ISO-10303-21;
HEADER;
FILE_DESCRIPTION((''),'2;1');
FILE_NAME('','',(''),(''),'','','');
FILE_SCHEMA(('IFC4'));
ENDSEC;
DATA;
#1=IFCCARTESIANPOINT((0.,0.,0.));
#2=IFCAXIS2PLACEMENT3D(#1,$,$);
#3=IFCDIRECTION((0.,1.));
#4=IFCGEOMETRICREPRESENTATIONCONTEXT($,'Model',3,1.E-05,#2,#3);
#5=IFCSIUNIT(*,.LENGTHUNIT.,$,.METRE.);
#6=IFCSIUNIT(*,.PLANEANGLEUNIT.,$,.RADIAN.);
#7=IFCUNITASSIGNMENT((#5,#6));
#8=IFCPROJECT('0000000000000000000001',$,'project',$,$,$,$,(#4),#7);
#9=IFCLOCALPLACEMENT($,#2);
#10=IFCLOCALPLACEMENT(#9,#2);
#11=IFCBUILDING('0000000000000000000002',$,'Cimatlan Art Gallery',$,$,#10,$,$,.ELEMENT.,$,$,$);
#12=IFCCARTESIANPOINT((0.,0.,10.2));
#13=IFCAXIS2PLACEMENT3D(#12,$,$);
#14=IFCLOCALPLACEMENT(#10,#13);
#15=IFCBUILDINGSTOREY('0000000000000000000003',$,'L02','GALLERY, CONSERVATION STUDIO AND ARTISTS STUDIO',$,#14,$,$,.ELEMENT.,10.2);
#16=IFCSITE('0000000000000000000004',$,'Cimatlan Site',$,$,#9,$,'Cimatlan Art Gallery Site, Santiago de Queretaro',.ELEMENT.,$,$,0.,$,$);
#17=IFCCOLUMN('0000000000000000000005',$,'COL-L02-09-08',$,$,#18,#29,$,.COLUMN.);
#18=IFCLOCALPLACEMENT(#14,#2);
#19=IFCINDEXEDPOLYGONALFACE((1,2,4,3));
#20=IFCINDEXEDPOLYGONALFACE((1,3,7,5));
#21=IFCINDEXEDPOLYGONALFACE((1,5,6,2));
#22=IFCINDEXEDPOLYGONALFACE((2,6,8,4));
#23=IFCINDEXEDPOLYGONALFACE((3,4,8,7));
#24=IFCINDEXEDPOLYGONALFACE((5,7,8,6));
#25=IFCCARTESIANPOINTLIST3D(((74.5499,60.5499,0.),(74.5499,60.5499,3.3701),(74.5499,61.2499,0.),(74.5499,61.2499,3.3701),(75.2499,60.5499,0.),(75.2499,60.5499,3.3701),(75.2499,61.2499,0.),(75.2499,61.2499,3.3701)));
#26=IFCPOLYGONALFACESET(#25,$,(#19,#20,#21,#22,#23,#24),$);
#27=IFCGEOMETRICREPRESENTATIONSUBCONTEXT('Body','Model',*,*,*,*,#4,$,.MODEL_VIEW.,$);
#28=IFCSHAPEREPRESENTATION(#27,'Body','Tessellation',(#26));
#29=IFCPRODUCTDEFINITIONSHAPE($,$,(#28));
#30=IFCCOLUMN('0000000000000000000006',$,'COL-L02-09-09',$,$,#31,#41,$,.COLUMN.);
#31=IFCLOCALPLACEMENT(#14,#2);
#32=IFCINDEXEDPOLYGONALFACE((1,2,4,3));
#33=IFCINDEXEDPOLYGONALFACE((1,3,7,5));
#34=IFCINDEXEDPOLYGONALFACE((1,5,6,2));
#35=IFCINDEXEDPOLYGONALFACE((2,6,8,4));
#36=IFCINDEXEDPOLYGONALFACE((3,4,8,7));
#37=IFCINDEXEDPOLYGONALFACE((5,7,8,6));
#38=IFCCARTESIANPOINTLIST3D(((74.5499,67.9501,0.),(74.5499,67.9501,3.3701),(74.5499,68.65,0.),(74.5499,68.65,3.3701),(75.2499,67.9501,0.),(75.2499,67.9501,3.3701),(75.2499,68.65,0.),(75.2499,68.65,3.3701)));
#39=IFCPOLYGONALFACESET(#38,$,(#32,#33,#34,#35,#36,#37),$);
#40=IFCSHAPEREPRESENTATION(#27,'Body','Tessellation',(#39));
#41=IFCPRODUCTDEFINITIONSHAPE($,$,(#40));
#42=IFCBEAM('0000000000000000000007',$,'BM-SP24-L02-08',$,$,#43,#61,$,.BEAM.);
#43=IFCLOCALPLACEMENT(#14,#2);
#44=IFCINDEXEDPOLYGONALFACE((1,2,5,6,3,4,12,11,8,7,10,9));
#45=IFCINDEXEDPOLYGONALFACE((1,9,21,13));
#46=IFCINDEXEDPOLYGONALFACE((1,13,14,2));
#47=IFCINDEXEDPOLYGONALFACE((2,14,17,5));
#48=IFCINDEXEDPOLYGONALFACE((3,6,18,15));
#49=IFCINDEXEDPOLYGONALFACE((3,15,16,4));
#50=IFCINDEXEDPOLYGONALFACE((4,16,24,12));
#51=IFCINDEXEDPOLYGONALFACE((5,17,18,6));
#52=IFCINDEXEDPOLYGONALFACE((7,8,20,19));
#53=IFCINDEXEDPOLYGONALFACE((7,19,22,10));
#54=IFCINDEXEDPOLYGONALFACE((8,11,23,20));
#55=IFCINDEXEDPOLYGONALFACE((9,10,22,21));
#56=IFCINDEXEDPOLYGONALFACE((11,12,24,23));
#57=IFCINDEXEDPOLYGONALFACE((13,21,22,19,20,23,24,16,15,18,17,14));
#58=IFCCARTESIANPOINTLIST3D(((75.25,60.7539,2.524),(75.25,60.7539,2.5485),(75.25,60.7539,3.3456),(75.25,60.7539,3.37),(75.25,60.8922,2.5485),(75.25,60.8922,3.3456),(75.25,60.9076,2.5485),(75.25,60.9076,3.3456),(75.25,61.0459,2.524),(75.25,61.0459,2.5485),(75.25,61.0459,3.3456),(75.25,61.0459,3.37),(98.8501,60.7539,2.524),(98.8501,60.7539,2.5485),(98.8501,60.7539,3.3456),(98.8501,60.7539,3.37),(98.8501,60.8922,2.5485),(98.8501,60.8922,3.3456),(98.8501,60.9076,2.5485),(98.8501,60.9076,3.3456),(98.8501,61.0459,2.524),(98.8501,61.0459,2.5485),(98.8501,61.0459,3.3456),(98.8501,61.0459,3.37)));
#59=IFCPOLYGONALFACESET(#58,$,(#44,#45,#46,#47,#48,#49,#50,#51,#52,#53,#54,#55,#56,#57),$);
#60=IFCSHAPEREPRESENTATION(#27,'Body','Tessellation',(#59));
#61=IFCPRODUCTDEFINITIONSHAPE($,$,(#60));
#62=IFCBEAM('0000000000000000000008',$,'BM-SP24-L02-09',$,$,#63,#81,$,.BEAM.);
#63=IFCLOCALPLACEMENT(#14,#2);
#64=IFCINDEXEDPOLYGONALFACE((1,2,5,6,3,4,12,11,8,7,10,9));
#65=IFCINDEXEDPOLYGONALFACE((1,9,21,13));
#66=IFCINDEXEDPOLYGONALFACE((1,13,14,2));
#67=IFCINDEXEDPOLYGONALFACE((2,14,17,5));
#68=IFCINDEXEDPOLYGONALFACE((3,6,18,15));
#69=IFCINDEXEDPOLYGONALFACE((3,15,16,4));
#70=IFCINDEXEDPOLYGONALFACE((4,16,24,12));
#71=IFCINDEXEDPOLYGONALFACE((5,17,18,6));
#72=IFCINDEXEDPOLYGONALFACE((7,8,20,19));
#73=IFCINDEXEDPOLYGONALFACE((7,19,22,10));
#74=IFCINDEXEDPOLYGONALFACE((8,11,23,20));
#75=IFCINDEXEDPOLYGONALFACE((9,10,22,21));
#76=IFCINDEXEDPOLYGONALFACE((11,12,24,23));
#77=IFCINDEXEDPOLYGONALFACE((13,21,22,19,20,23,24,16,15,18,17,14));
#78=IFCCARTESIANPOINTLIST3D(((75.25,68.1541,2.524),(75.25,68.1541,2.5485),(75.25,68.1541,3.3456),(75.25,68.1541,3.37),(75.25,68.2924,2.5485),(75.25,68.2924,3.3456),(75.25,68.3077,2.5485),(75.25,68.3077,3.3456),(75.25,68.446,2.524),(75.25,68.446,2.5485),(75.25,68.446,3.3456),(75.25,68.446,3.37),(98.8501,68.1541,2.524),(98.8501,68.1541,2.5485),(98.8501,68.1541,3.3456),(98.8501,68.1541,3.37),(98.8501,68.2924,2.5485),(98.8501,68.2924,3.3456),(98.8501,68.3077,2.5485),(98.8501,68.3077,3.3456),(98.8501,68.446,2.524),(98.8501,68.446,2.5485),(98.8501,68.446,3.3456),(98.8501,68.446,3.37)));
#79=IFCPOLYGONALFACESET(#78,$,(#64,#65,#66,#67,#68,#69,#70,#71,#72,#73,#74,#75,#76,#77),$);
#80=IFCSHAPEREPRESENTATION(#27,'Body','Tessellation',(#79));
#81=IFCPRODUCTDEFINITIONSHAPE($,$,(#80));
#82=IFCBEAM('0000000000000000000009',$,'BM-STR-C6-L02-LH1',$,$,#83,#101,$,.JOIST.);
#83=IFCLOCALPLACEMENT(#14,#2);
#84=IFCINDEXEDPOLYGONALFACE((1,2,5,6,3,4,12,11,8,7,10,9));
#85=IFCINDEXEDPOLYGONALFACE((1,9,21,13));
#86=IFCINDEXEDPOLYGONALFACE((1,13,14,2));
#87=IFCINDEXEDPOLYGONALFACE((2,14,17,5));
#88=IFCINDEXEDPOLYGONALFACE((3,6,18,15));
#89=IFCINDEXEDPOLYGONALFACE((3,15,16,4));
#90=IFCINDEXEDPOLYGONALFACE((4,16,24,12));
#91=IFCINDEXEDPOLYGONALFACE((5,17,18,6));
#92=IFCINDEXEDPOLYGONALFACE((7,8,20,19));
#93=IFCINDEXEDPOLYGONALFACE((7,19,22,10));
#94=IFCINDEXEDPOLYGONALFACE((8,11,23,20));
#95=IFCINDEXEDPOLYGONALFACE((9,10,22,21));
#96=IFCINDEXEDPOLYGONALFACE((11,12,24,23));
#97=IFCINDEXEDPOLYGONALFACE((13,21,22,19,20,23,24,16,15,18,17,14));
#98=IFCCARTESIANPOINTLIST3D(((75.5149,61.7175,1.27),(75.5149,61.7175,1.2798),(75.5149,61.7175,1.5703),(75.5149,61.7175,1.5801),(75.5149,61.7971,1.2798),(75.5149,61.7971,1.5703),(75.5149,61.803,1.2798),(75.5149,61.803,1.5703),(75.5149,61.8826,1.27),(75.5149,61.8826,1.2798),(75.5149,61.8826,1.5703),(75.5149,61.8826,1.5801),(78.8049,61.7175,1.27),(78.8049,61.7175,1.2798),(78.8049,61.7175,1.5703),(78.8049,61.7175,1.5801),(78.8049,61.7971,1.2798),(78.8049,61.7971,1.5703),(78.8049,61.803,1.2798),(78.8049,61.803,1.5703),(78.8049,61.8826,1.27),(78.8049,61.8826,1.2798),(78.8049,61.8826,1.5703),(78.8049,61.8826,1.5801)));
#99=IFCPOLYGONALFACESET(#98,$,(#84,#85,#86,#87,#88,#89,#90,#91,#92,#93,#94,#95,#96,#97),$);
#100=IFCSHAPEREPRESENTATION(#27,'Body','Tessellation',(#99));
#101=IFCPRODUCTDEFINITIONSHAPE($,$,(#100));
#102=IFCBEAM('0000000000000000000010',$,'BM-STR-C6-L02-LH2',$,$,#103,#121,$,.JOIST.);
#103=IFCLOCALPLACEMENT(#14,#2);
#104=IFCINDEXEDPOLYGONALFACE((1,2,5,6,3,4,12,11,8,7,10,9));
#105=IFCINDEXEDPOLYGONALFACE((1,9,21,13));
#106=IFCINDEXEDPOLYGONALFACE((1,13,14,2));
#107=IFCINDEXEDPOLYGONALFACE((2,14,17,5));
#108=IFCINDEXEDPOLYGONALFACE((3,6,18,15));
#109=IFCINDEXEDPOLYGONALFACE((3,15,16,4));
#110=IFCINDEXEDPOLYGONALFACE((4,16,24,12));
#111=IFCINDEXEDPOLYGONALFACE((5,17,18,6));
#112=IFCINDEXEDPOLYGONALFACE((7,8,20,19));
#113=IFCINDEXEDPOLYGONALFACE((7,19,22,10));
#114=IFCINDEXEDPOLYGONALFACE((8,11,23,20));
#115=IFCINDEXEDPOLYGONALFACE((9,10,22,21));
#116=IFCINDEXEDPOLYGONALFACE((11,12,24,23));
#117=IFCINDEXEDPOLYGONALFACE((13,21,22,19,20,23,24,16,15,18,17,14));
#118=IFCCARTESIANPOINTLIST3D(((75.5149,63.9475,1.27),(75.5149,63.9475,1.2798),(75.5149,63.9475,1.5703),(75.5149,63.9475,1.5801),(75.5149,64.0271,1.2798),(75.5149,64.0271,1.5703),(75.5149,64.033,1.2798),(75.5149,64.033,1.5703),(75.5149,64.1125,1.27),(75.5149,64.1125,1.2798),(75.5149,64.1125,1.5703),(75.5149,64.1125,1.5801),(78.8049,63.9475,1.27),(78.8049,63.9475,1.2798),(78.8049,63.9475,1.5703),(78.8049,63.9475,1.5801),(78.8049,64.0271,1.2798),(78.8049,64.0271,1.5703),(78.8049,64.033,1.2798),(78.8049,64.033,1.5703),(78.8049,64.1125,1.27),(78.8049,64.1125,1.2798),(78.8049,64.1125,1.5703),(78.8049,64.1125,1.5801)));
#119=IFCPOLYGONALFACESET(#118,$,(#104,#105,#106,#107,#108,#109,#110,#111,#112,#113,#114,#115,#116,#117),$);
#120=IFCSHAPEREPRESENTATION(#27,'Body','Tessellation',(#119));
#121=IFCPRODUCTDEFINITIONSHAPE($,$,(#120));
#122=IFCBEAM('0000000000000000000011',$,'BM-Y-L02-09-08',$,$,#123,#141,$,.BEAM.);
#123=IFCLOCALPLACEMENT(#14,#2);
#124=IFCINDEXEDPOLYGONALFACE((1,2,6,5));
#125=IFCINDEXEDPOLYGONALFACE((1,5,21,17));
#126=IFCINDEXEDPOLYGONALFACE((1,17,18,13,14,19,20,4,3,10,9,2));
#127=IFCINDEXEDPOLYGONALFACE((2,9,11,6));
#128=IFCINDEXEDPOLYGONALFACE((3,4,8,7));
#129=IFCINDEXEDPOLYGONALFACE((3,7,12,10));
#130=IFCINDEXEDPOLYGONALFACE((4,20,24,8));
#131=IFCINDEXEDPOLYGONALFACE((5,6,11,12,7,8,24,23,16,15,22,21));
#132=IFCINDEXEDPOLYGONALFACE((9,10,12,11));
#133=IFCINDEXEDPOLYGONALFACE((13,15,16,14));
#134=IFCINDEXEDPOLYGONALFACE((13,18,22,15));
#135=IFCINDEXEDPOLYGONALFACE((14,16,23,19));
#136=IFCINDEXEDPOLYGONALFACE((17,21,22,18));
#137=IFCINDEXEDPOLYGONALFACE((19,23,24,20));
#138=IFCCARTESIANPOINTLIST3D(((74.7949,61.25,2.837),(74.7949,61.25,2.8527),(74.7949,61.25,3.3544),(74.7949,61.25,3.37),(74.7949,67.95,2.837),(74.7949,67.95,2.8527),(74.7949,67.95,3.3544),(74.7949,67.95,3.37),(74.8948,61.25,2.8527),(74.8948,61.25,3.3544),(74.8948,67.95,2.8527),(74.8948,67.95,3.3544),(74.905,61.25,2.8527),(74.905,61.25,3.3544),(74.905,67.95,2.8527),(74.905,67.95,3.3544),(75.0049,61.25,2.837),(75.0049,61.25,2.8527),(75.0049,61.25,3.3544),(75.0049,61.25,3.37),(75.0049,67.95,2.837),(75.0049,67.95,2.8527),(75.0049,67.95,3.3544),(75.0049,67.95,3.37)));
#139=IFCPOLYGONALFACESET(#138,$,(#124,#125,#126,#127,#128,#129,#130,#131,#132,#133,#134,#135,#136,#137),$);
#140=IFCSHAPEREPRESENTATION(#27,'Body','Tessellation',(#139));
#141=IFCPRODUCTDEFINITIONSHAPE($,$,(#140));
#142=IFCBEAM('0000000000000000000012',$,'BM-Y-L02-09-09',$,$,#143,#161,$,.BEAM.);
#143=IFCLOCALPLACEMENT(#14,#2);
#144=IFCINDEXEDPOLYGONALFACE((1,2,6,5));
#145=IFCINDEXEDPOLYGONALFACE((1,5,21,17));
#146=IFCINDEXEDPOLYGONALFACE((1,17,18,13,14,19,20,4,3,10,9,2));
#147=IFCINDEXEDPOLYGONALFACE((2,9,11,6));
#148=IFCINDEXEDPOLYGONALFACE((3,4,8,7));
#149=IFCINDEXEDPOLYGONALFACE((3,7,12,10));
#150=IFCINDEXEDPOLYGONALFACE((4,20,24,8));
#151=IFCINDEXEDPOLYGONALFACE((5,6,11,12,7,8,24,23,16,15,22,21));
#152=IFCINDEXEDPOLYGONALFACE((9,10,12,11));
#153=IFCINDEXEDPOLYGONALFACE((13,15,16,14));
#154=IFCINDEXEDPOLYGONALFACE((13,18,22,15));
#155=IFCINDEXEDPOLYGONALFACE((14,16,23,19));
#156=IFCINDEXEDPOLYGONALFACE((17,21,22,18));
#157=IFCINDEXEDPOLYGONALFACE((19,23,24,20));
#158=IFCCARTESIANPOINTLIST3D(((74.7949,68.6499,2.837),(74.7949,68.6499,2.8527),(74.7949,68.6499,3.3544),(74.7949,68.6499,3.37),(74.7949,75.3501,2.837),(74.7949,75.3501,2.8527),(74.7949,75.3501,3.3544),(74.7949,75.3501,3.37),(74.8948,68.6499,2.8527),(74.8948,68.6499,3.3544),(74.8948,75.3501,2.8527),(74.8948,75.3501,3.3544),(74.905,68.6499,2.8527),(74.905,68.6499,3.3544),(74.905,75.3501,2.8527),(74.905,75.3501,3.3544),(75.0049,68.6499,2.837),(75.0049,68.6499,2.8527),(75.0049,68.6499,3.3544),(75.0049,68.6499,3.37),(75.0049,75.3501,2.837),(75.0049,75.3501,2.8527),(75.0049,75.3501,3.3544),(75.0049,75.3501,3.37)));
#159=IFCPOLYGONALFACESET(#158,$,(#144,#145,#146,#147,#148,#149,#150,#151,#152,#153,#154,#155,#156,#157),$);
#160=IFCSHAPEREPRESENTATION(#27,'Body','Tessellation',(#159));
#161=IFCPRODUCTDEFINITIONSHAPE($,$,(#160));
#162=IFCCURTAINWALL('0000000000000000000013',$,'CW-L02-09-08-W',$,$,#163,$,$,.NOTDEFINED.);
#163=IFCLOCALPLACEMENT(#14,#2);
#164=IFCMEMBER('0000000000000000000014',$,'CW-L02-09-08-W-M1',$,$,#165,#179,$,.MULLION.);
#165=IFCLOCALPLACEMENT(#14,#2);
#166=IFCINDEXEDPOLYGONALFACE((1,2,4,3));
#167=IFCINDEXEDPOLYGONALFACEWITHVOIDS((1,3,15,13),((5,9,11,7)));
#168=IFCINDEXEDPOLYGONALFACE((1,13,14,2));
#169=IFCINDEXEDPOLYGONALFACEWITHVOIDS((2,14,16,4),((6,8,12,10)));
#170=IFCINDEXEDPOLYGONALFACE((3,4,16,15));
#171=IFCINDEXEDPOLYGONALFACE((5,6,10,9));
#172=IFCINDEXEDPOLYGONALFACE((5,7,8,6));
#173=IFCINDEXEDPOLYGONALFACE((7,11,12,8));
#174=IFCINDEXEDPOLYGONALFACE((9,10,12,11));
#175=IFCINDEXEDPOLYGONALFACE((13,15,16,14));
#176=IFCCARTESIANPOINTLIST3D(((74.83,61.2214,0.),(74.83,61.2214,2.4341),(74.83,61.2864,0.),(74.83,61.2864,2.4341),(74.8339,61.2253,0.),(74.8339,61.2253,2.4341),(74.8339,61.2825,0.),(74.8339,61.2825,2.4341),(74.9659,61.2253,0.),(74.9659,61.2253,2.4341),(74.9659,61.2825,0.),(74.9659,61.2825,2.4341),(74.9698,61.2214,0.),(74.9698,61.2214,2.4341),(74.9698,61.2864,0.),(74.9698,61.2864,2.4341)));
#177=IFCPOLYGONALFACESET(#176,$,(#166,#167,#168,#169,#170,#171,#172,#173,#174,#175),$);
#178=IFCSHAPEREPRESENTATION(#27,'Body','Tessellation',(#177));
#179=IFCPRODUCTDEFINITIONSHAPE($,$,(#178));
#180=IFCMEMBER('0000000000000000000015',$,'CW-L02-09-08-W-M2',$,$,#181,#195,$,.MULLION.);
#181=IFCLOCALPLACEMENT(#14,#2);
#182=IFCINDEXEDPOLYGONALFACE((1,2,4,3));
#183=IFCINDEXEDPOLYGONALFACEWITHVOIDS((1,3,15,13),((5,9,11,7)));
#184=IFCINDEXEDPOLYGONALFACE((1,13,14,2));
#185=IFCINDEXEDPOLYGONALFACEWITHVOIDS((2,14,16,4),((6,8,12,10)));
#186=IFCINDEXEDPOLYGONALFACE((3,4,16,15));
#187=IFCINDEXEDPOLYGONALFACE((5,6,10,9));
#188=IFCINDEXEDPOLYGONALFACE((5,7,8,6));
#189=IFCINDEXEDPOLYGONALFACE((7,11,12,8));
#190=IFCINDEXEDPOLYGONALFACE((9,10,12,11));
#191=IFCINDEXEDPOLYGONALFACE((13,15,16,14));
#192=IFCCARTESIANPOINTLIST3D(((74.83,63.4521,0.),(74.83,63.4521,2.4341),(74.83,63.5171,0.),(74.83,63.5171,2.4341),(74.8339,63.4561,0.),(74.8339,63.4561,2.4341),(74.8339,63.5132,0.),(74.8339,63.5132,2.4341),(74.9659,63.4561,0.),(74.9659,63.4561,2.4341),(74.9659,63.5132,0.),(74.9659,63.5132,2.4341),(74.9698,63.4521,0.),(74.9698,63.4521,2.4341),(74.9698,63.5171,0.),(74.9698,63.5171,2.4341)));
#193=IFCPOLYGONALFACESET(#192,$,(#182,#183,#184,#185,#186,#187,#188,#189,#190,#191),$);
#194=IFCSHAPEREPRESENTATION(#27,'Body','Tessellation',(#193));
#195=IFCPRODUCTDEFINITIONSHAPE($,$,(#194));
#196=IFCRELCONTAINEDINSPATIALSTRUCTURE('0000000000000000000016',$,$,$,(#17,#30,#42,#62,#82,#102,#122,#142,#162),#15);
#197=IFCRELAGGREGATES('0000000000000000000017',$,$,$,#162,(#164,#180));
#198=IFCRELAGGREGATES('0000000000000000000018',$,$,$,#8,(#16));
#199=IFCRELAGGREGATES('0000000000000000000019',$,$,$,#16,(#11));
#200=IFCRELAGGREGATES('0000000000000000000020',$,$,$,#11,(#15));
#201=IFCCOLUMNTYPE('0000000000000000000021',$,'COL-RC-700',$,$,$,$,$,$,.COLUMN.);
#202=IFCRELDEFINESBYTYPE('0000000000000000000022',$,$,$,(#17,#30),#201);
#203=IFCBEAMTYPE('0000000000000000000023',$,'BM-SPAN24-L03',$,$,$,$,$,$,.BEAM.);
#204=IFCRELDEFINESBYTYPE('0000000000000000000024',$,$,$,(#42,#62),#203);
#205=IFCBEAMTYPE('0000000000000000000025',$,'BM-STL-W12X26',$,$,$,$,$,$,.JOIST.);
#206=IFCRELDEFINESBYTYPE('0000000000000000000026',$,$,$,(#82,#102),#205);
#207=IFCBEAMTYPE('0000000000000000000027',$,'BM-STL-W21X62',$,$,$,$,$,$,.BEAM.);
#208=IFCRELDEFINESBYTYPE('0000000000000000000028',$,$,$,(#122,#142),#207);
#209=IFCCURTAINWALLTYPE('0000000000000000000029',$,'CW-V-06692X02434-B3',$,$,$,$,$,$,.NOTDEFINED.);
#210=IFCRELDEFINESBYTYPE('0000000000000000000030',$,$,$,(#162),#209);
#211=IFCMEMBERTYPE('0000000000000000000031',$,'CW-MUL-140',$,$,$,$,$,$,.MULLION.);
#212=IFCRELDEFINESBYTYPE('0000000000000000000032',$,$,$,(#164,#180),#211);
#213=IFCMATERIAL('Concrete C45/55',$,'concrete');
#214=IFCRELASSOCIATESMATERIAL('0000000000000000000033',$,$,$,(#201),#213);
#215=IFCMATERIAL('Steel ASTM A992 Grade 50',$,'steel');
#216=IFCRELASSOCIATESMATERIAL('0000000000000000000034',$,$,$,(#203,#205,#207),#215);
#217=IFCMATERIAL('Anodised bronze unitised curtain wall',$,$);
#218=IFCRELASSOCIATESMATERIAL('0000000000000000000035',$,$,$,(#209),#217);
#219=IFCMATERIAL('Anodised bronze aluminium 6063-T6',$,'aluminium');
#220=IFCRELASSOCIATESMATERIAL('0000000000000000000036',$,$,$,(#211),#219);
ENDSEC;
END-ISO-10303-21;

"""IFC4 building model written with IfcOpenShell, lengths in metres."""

from ifc_helpers import new_model, si_unit, direction, frame, origin, origin_2d, place, context, subcontext, project, spatial, rectangle, hollow_rectangle, i_section, extrude, material, material_profile, profile_set, type_object, element, aggregate, save


model = new_model("IFC4")

# Units and contexts
model_context = context("Model", 3, precision=1e-05, world=origin(), true_north=direction((0.0, 1.0)))
body_context = subcontext(model_context, "Body", "Model", "MODEL_VIEW")
ifc_project = project(units=[si_unit("LENGTHUNIT", "METRE"), si_unit("PLANEANGLEUNIT", "RADIAN")], contexts=[model_context])

# Site, building, storey
site_placement = place(None, origin())
site = spatial("IfcSite", under=ifc_project, at=site_placement, Name="Cimatlan Site", LongName="Cimatlan Art Gallery Site, Santiago de Queretaro", CompositionType="ELEMENT", RefElevation=0.0)
building_placement = place(site_placement, origin())
building = spatial("IfcBuilding", under=site, at=building_placement, Name="Cimatlan Art Gallery", CompositionType="ELEMENT")
storey_placement = place(building_placement, frame((0.0, 0.0, 10.2)))
storey = spatial("IfcBuildingStorey", under=building, at=storey_placement, Name="L02", Description="GALLERY, CONSERVATION STUDIO AND ARTISTS STUDIO", CompositionType="ELEMENT", Elevation=10.2)

# Columns
ifc_material_1 = material(Name="Concrete C45/55", Category="concrete")
ifc_material_profile_1 = material_profile(ifc_material_1, rectangle(XDim=0.7, YDim=0.7, at=origin_2d()), Name="RC700X700")
ifc_profile_set_1 = profile_set([ifc_material_profile_1], Name="Concrete C45/55")
column_type = type_object("IfcColumnType", Name="COL-RC-700", PredefinedType="COLUMN", material=ifc_profile_set_1)
for number, where, z_axis, x_axis, name in (
    (1, (74.8999, 60.8999, 0.0), (0.0, 0.0, 1.0), (1.0, 0.0, 0.0), "COL-L02-09-08"),
    (2, (74.8999, 68.3, 0.0), (0.0, 0.0, 1.0), (1.0, 0.0, 0.0), "COL-L02-09-09"),
):
    element("IfcColumn", number, at=place(storey_placement, frame(where, z_axis=z_axis, x_axis=x_axis)), inside=storey, type_object=column_type, Name=name, PredefinedType="COLUMN", context=body_context, shape_type="SweptSolid", body=[
        extrude(rectangle(XDim=0.7, YDim=0.7, at=origin_2d()), origin(), (0.0, 0.0, 1.0), 3.3701),
    ])

# Beams
ifc_material_2 = material(Name="Steel ASTM A992 Grade 50", Category="steel")
ifc_material_profile_2 = material_profile(ifc_material_2, i_section(OverallWidth=0.292, OverallDepth=0.8459, WebThickness=0.0154, FlangeThickness=0.0244, at=origin_2d()), Name="W33X141")
ifc_profile_set_2 = profile_set([ifc_material_profile_2], Name="Steel ASTM A992 Grade 50")
beam_type_1 = type_object("IfcBeamType", Name="BM-SPAN24-L03", PredefinedType="BEAM", material=ifc_profile_set_2)
for number, where, z_axis, x_axis, name in (
    (3, (75.25, 60.8999, 2.947), (1.0, 0.0, 0.0), (0.0, 1.0, 0.0), "BM-SP24-L02-08"),
    (4, (75.25, 68.3, 2.947), (1.0, 0.0, 0.0), (0.0, 1.0, 0.0), "BM-SP24-L02-09"),
):
    element("IfcBeam", number, at=place(storey_placement, frame(where, z_axis=z_axis, x_axis=x_axis)), inside=storey, type_object=beam_type_1, Name=name, PredefinedType="BEAM", context=body_context, shape_type="SweptSolid", body=[
        extrude(i_section(OverallWidth=0.292, OverallDepth=0.8459, WebThickness=0.0154, FlangeThickness=0.0244, at=origin_2d()), origin(), (0.0, 0.0, 1.0), 23.6001),
    ])
ifc_material_profile_3 = material_profile(ifc_material_2, i_section(OverallWidth=0.165, OverallDepth=0.3101, WebThickness=0.0059, FlangeThickness=0.0098, at=origin_2d()), Name="W12X26")
ifc_profile_set_3 = profile_set([ifc_material_profile_3], Name="Steel ASTM A992 Grade 50")
beam_type_2 = type_object("IfcBeamType", Name="BM-STL-W12X26", PredefinedType="JOIST", material=ifc_profile_set_3)
for number, where, z_axis, x_axis, name in (
    (5, (75.5149, 61.8, 1.425), (1.0, 0.0, 0.0), (0.0, 1.0, 0.0), "BM-STR-C6-L02-LH1"),
    (6, (75.5149, 64.03, 1.425), (1.0, 0.0, 0.0), (0.0, 1.0, 0.0), "BM-STR-C6-L02-LH2"),
):
    element("IfcBeam", number, at=place(storey_placement, frame(where, z_axis=z_axis, x_axis=x_axis)), inside=storey, type_object=beam_type_2, Name=name, PredefinedType="JOIST", context=body_context, shape_type="SweptSolid", body=[
        extrude(i_section(OverallWidth=0.165, OverallDepth=0.3101, WebThickness=0.0059, FlangeThickness=0.0098, at=origin_2d()), origin(), (0.0, 0.0, 1.0), 3.29),
    ])
ifc_material_profile_4 = material_profile(ifc_material_2, i_section(OverallWidth=0.21, OverallDepth=0.533, WebThickness=0.0103, FlangeThickness=0.0156, at=origin_2d()), Name="W21X62")
ifc_profile_set_4 = profile_set([ifc_material_profile_4], Name="Steel ASTM A992 Grade 50")
beam_type_3 = type_object("IfcBeamType", Name="BM-STL-W21X62", PredefinedType="BEAM", material=ifc_profile_set_4)
beam_1_placement = place(storey_placement, frame((74.8999, 61.25, 3.1035), z_axis=(0.0, 1.0, 0.0), x_axis=(-1.0, 0.0, 0.0)))
element("IfcBeam", 7, at=beam_1_placement, inside=storey, type_object=beam_type_3, Name="BM-Y-L02-09-08", PredefinedType="BEAM", context=body_context, shape_type="SweptSolid", body=[
    extrude(i_section(OverallWidth=0.21, OverallDepth=0.533, WebThickness=0.0103, FlangeThickness=0.0156, at=origin_2d()), origin(), (0.0, 0.0, 1.0), 6.7),
])
beam_2_placement = place(storey_placement, frame((74.8999, 68.6499, 3.1035), z_axis=(0.0, 1.0, 0.0), x_axis=(-1.0, 0.0, 0.0)))
element("IfcBeam", 8, at=beam_2_placement, inside=storey, type_object=beam_type_3, Name="BM-Y-L02-09-09", PredefinedType="BEAM", context=body_context, shape_type="SweptSolid", body=[
    extrude(i_section(OverallWidth=0.21, OverallDepth=0.533, WebThickness=0.0103, FlangeThickness=0.0156, at=origin_2d()), origin(), (0.0, 0.0, 1.0), 6.7002),
])

# Curtain wall, members
ifc_material_3 = material(Name="Anodised bronze unitised curtain wall")
curtain_wall_type_1 = type_object("IfcCurtainWallType", Name="CW-V-06692X02434-B3", PredefinedType="NOTDEFINED", material=ifc_material_3)
curtain_wall_1_placement = place(storey_placement, origin())
curtain_wall_1 = element("IfcCurtainWall", 9, at=curtain_wall_1_placement, inside=storey, type_object=curtain_wall_type_1, Name="CW-L02-09-08-W", PredefinedType="NOTDEFINED")
ifc_material_4 = material(Name="Anodised bronze aluminium 6063-T6", Category="aluminium")
ifc_material_profile_5 = material_profile(ifc_material_4, hollow_rectangle(XDim=0.0649, YDim=0.1399, WallThickness=0.0039, at=origin_2d()), Name="ALU65X140X4")
ifc_profile_set_5 = profile_set([ifc_material_profile_5], Name="Anodised bronze aluminium 6063-T6")
member_type_1 = type_object("IfcMemberType", Name="CW-MUL-140", PredefinedType="MULLION", material=ifc_profile_set_5)
member_1_placement = place(storey_placement, frame((74.8999, 61.2539, 0.0), z_axis=(0.0, 0.0, 1.0), x_axis=(0.0, 1.0, 0.0)))
member_1 = element("IfcMember", 10, at=member_1_placement, type_object=member_type_1, Name="CW-L02-09-08-W-M1", PredefinedType="MULLION", context=body_context, shape_type="SweptSolid", body=[
    extrude(hollow_rectangle(XDim=0.0649, YDim=0.1399, WallThickness=0.0039, at=origin_2d()), origin(), (0.0, 0.0, 1.0), 2.4341),
])
member_2_placement = place(storey_placement, frame((74.8999, 63.4846, 0.0), z_axis=(0.0, 0.0, 1.0), x_axis=(0.0, 1.0, 0.0)))
member_2 = element("IfcMember", 11, at=member_2_placement, type_object=member_type_1, Name="CW-L02-09-08-W-M2", PredefinedType="MULLION", context=body_context, shape_type="SweptSolid", body=[
    extrude(hollow_rectangle(XDim=0.0649, YDim=0.1399, WallThickness=0.0039, at=origin_2d()), origin(), (0.0, 0.0, 1.0), 2.4341),
])

aggregate(curtain_wall_1, [member_1, member_2])

save(model, "model.ifc")
